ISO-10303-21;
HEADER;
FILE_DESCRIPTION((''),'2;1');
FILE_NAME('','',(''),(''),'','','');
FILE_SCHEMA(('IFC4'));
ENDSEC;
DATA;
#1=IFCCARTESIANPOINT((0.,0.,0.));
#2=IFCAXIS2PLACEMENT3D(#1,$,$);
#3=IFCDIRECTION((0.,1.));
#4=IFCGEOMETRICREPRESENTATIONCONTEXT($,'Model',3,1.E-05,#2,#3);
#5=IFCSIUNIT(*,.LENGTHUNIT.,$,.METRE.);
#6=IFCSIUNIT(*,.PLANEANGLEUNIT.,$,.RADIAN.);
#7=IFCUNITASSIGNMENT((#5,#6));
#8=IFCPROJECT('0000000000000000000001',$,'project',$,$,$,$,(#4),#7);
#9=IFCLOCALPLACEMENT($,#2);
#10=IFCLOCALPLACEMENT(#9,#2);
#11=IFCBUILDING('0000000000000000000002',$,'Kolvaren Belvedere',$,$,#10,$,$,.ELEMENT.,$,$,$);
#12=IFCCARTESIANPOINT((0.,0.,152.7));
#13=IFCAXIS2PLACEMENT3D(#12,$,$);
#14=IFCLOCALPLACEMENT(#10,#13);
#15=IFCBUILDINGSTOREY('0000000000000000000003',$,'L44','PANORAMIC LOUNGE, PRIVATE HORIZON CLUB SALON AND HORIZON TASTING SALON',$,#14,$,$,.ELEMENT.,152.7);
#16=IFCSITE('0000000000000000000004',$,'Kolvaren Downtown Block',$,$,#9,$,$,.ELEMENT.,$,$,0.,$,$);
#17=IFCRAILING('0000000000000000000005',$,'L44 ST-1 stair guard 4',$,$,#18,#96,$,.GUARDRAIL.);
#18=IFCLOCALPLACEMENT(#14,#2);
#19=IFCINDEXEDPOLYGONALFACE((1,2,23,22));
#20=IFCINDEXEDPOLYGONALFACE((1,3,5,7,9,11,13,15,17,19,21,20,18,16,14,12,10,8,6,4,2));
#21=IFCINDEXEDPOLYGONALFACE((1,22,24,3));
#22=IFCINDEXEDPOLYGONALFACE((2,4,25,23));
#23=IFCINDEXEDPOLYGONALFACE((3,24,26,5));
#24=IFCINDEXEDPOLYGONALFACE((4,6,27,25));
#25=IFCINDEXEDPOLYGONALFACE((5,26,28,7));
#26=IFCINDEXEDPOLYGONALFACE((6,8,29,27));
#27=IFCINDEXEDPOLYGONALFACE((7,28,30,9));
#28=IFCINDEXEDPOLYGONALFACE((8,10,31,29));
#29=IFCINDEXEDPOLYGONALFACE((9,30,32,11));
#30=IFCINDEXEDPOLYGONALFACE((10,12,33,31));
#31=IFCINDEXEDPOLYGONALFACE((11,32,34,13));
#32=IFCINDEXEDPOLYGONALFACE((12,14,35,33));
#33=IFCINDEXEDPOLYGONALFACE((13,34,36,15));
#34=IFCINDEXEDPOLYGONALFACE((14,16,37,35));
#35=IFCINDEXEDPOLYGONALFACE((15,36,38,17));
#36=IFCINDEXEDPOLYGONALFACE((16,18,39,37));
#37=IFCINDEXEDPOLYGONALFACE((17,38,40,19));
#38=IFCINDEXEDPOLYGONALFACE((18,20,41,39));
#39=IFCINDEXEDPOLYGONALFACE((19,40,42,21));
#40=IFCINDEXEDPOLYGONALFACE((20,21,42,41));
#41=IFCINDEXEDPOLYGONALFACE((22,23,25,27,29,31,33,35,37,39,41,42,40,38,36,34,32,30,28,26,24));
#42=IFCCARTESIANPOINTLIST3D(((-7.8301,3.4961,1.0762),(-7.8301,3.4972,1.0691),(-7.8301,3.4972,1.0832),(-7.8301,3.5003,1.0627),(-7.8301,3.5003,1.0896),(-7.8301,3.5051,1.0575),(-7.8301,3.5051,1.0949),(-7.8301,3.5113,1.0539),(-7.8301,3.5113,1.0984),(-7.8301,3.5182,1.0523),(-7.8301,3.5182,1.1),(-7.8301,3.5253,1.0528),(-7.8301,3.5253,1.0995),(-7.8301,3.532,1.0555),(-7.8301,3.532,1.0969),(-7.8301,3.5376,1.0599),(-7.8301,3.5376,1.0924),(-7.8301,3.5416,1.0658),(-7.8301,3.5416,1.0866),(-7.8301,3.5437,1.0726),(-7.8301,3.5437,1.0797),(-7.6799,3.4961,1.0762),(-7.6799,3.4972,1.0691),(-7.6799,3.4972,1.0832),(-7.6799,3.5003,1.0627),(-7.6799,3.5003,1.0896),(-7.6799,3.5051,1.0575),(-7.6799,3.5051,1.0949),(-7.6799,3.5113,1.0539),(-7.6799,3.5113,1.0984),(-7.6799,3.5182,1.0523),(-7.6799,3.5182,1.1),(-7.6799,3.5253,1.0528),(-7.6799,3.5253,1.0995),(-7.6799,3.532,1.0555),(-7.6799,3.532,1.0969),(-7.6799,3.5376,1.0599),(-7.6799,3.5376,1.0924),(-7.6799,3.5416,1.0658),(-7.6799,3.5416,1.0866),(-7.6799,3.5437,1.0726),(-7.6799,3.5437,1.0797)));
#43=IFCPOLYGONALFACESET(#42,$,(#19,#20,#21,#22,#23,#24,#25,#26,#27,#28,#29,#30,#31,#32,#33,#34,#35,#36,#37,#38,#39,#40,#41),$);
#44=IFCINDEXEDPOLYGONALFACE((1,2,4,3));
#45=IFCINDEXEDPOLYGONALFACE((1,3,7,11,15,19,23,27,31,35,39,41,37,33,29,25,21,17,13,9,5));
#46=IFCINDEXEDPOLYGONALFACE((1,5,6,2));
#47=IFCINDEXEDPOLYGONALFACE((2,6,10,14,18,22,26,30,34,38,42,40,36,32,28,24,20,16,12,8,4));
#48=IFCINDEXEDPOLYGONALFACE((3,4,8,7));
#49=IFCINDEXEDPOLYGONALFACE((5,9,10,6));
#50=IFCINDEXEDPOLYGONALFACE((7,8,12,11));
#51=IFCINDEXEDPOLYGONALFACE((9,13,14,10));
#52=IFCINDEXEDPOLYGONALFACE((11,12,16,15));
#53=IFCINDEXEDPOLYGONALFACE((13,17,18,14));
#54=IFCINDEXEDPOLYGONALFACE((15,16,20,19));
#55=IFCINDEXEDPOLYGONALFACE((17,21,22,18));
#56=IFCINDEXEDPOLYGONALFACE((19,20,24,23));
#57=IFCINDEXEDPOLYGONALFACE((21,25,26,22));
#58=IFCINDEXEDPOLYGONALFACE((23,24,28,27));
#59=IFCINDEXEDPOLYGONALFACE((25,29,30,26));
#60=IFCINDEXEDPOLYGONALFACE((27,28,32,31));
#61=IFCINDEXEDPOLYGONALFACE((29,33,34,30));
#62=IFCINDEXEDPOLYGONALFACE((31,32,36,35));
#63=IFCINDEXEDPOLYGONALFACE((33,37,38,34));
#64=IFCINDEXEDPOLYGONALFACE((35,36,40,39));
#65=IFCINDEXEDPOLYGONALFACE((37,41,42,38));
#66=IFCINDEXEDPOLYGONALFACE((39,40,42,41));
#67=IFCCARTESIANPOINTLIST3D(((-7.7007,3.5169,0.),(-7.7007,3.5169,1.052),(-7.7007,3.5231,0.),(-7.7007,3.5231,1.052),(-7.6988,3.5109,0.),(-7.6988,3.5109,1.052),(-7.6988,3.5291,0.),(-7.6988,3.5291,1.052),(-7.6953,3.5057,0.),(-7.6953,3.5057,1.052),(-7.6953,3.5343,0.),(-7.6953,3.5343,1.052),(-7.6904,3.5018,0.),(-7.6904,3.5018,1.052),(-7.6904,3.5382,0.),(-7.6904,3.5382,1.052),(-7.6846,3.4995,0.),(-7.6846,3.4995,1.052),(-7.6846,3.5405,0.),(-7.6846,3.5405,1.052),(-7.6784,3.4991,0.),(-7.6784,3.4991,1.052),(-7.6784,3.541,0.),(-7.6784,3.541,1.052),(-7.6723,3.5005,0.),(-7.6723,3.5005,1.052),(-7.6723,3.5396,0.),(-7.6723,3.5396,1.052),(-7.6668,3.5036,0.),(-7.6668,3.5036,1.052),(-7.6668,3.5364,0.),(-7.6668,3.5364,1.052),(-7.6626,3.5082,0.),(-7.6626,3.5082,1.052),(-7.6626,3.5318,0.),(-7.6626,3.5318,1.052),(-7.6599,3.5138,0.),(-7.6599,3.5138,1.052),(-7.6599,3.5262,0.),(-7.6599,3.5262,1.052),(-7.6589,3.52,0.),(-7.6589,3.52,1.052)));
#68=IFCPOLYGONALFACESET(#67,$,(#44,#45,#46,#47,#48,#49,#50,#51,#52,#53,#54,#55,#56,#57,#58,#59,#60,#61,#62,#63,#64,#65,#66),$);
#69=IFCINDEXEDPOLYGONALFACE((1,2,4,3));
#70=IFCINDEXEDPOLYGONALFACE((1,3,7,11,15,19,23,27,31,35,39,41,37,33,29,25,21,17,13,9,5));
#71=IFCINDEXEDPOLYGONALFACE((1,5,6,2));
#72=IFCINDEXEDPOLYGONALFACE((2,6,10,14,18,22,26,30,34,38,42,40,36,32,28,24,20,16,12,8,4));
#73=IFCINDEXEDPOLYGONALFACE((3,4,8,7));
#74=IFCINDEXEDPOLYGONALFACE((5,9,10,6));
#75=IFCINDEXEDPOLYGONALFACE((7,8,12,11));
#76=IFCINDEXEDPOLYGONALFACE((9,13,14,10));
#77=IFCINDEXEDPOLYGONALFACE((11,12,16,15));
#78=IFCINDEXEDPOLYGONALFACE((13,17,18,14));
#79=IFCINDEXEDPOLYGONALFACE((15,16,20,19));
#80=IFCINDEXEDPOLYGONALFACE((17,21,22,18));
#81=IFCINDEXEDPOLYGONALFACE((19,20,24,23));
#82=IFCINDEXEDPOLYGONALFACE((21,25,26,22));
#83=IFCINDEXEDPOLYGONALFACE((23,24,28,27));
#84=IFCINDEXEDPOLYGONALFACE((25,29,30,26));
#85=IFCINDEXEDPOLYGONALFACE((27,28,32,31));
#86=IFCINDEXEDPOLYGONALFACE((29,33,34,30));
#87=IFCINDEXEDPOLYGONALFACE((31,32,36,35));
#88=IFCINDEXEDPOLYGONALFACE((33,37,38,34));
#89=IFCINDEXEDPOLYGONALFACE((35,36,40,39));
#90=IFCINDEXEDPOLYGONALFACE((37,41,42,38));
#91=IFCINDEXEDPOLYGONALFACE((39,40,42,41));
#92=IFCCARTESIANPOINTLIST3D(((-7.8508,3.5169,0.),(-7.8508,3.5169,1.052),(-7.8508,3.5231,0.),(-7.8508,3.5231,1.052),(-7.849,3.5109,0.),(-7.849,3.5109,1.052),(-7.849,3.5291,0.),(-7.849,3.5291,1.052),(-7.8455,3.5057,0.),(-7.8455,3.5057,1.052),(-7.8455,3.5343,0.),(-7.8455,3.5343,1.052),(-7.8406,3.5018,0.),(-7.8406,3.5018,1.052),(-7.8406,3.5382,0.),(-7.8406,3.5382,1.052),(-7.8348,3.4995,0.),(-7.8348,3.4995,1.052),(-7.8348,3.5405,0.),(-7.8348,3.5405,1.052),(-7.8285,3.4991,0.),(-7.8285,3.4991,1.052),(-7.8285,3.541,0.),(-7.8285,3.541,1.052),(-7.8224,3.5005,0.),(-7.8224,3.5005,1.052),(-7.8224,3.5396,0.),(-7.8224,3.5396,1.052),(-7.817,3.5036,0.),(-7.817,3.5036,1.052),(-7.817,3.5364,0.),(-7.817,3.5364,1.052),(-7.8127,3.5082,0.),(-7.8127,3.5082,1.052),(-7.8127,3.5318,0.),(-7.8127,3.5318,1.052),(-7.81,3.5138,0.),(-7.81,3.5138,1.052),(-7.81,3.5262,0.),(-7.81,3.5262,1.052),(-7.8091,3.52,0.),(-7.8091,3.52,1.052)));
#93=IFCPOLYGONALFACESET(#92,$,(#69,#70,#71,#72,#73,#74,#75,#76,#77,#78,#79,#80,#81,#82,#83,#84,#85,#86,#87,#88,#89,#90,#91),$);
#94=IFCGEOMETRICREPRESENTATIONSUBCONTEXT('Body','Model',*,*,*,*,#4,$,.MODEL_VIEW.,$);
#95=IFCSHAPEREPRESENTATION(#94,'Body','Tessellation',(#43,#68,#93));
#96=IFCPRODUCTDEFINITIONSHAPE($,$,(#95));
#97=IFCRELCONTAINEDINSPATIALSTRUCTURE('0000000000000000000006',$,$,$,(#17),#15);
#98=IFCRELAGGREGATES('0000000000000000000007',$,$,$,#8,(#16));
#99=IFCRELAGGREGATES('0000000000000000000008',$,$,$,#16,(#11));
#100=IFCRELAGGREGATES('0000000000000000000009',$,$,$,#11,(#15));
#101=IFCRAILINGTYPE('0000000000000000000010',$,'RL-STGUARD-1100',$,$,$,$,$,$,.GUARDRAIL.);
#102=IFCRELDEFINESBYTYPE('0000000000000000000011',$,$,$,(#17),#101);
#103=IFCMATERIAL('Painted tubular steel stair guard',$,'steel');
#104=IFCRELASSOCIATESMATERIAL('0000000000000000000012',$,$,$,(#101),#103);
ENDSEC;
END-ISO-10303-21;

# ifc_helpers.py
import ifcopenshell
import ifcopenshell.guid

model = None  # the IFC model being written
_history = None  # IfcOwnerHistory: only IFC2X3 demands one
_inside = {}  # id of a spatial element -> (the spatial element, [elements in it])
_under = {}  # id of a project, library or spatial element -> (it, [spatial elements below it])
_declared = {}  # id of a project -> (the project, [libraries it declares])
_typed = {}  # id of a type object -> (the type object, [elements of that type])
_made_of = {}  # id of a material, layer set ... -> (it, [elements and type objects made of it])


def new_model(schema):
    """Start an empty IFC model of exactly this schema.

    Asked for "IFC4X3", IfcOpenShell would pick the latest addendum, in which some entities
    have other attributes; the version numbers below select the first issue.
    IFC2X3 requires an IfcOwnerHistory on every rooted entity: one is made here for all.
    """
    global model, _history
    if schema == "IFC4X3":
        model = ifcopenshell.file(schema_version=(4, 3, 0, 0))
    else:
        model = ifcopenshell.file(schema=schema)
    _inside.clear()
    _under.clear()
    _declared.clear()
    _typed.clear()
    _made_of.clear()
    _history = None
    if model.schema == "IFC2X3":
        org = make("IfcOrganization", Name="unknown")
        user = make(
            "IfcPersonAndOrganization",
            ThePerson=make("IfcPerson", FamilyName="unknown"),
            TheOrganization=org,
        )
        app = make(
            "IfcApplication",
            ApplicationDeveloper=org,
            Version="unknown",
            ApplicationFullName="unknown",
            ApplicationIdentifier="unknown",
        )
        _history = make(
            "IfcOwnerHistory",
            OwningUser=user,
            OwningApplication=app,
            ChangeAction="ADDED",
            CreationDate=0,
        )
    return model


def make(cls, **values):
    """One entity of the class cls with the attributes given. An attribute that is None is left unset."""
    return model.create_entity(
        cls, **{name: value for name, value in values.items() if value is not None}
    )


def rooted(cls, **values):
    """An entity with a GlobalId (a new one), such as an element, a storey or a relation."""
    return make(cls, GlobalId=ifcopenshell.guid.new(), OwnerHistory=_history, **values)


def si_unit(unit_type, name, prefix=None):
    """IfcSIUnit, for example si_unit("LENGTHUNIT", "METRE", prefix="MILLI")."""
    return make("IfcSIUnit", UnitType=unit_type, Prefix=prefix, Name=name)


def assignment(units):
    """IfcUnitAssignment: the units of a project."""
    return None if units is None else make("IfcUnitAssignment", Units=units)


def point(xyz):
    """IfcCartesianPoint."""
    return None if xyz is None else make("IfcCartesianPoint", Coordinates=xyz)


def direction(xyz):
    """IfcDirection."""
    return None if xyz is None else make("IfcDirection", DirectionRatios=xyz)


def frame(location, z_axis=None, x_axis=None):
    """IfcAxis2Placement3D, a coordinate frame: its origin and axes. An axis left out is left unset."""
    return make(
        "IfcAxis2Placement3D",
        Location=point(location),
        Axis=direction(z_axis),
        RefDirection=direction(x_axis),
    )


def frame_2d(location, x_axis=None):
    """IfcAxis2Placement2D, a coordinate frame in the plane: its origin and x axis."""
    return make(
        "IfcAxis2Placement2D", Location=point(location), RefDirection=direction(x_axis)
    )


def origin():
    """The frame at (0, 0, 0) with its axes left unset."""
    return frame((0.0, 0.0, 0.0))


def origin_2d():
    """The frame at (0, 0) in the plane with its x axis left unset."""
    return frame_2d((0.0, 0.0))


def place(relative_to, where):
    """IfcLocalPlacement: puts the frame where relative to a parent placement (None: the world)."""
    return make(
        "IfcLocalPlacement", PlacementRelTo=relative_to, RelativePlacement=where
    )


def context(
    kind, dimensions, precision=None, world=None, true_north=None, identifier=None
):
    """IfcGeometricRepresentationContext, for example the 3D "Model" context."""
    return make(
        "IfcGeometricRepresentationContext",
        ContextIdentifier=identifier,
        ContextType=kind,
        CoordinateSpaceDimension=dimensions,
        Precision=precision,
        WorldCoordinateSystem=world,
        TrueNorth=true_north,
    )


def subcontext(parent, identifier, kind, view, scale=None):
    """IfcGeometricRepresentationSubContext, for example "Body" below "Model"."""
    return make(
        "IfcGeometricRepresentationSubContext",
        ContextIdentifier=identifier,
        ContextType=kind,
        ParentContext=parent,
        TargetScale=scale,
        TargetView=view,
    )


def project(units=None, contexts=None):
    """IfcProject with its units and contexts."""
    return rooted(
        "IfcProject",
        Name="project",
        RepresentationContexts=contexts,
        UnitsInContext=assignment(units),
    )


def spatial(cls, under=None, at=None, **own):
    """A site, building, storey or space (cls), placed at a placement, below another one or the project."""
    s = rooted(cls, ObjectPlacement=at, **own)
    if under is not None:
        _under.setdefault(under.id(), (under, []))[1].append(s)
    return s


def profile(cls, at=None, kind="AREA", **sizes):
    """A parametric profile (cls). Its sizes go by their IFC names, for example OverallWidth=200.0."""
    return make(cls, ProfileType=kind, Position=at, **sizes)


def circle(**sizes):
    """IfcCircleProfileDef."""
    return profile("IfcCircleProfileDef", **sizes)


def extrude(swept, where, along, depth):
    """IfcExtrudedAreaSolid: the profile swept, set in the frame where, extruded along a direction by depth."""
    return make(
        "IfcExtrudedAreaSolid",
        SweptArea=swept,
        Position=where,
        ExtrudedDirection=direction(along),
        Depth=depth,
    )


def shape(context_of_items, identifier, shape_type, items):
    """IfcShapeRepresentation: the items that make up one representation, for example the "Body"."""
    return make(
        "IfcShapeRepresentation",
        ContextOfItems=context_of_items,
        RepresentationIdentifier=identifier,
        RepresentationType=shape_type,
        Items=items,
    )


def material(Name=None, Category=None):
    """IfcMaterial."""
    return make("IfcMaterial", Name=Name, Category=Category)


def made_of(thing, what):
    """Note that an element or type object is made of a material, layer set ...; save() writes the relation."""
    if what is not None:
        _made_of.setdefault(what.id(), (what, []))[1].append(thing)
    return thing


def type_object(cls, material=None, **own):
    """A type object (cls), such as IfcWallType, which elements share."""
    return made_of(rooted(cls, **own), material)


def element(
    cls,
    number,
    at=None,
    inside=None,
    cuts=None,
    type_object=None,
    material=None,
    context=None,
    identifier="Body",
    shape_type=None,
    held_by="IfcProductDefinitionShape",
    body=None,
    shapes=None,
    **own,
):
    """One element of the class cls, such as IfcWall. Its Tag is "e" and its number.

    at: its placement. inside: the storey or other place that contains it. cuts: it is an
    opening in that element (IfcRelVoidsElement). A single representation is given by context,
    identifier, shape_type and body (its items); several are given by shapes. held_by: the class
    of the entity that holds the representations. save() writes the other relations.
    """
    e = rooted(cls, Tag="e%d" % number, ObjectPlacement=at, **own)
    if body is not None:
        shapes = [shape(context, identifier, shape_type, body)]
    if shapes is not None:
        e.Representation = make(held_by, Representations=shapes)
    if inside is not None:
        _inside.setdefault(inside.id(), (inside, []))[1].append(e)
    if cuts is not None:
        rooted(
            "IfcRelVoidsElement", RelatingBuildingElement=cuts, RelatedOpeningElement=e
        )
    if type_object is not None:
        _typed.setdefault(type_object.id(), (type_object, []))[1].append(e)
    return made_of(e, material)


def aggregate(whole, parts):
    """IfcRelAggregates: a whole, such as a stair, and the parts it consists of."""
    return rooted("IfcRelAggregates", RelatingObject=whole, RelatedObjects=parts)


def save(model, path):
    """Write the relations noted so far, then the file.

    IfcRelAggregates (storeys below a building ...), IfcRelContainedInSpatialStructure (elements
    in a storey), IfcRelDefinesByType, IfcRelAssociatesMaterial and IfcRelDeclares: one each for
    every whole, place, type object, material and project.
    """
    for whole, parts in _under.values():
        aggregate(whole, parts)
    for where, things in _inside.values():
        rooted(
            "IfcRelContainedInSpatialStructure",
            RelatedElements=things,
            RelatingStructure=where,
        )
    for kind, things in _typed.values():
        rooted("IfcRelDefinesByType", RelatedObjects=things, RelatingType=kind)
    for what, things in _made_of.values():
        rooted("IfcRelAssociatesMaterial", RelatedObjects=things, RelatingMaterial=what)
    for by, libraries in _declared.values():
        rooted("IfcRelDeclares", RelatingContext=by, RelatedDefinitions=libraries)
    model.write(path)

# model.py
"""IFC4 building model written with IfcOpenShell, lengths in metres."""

from ifc_helpers import new_model, si_unit, direction, frame, origin, origin_2d, place, context, subcontext, project, spatial, circle, extrude, material, type_object, element, save


model = new_model("IFC4")

# Units and contexts
model_context = context("Model", 3, precision=1e-05, world=origin(), true_north=direction((0.0, 1.0)))
body_context = subcontext(model_context, "Body", "Model", "MODEL_VIEW")
ifc_project = project(units=[si_unit("LENGTHUNIT", "METRE"), si_unit("PLANEANGLEUNIT", "RADIAN")], contexts=[model_context])

# Site, building, storey
site_placement = place(None, origin())
site = spatial("IfcSite", under=ifc_project, at=site_placement, Name="Kolvaren Downtown Block", CompositionType="ELEMENT", RefElevation=0.0)
building_placement = place(site_placement, origin())
building = spatial("IfcBuilding", under=site, at=building_placement, Name="Kolvaren Belvedere", CompositionType="ELEMENT")
storey_placement = place(building_placement, frame((0.0, 0.0, 152.7)))
storey = spatial("IfcBuildingStorey", under=building, at=storey_placement, Name="L44", Description="PANORAMIC LOUNGE, PRIVATE HORIZON CLUB SALON AND HORIZON TASTING SALON", CompositionType="ELEMENT", Elevation=152.7)

# Railing
ifc_material_1 = material(Name="Painted tubular steel stair guard", Category="steel")
railing_type_1 = type_object("IfcRailingType", Name="RL-STGUARD-1100", PredefinedType="GUARDRAIL", material=ifc_material_1)
railing_1_placement = place(storey_placement, frame((-7.6799, 3.52, 0.0)))
element("IfcRailing", 1, at=railing_1_placement, inside=storey, type_object=railing_type_1, Name="L44 ST-1 stair guard 4", PredefinedType="GUARDRAIL", context=body_context, shape_type="SweptSolid", body=[
    extrude(circle(Radius=0.0239, at=origin_2d()), frame((0.0, 0.0, 1.0762), z_axis=(-1.0, 0.0, 0.0), x_axis=(0.0, -1.0, 0.0)), (0.0, 0.0, 1.0), 0.1501),
    extrude(circle(Radius=0.021, at=origin_2d()), origin(), (0.0, 0.0, 1.0), 1.052),
    extrude(circle(Radius=0.021, at=origin_2d()), frame((-0.1501, 0.0, 0.0)), (0.0, 0.0, 1.0), 1.052),
])

save(model, "model.ifc")
